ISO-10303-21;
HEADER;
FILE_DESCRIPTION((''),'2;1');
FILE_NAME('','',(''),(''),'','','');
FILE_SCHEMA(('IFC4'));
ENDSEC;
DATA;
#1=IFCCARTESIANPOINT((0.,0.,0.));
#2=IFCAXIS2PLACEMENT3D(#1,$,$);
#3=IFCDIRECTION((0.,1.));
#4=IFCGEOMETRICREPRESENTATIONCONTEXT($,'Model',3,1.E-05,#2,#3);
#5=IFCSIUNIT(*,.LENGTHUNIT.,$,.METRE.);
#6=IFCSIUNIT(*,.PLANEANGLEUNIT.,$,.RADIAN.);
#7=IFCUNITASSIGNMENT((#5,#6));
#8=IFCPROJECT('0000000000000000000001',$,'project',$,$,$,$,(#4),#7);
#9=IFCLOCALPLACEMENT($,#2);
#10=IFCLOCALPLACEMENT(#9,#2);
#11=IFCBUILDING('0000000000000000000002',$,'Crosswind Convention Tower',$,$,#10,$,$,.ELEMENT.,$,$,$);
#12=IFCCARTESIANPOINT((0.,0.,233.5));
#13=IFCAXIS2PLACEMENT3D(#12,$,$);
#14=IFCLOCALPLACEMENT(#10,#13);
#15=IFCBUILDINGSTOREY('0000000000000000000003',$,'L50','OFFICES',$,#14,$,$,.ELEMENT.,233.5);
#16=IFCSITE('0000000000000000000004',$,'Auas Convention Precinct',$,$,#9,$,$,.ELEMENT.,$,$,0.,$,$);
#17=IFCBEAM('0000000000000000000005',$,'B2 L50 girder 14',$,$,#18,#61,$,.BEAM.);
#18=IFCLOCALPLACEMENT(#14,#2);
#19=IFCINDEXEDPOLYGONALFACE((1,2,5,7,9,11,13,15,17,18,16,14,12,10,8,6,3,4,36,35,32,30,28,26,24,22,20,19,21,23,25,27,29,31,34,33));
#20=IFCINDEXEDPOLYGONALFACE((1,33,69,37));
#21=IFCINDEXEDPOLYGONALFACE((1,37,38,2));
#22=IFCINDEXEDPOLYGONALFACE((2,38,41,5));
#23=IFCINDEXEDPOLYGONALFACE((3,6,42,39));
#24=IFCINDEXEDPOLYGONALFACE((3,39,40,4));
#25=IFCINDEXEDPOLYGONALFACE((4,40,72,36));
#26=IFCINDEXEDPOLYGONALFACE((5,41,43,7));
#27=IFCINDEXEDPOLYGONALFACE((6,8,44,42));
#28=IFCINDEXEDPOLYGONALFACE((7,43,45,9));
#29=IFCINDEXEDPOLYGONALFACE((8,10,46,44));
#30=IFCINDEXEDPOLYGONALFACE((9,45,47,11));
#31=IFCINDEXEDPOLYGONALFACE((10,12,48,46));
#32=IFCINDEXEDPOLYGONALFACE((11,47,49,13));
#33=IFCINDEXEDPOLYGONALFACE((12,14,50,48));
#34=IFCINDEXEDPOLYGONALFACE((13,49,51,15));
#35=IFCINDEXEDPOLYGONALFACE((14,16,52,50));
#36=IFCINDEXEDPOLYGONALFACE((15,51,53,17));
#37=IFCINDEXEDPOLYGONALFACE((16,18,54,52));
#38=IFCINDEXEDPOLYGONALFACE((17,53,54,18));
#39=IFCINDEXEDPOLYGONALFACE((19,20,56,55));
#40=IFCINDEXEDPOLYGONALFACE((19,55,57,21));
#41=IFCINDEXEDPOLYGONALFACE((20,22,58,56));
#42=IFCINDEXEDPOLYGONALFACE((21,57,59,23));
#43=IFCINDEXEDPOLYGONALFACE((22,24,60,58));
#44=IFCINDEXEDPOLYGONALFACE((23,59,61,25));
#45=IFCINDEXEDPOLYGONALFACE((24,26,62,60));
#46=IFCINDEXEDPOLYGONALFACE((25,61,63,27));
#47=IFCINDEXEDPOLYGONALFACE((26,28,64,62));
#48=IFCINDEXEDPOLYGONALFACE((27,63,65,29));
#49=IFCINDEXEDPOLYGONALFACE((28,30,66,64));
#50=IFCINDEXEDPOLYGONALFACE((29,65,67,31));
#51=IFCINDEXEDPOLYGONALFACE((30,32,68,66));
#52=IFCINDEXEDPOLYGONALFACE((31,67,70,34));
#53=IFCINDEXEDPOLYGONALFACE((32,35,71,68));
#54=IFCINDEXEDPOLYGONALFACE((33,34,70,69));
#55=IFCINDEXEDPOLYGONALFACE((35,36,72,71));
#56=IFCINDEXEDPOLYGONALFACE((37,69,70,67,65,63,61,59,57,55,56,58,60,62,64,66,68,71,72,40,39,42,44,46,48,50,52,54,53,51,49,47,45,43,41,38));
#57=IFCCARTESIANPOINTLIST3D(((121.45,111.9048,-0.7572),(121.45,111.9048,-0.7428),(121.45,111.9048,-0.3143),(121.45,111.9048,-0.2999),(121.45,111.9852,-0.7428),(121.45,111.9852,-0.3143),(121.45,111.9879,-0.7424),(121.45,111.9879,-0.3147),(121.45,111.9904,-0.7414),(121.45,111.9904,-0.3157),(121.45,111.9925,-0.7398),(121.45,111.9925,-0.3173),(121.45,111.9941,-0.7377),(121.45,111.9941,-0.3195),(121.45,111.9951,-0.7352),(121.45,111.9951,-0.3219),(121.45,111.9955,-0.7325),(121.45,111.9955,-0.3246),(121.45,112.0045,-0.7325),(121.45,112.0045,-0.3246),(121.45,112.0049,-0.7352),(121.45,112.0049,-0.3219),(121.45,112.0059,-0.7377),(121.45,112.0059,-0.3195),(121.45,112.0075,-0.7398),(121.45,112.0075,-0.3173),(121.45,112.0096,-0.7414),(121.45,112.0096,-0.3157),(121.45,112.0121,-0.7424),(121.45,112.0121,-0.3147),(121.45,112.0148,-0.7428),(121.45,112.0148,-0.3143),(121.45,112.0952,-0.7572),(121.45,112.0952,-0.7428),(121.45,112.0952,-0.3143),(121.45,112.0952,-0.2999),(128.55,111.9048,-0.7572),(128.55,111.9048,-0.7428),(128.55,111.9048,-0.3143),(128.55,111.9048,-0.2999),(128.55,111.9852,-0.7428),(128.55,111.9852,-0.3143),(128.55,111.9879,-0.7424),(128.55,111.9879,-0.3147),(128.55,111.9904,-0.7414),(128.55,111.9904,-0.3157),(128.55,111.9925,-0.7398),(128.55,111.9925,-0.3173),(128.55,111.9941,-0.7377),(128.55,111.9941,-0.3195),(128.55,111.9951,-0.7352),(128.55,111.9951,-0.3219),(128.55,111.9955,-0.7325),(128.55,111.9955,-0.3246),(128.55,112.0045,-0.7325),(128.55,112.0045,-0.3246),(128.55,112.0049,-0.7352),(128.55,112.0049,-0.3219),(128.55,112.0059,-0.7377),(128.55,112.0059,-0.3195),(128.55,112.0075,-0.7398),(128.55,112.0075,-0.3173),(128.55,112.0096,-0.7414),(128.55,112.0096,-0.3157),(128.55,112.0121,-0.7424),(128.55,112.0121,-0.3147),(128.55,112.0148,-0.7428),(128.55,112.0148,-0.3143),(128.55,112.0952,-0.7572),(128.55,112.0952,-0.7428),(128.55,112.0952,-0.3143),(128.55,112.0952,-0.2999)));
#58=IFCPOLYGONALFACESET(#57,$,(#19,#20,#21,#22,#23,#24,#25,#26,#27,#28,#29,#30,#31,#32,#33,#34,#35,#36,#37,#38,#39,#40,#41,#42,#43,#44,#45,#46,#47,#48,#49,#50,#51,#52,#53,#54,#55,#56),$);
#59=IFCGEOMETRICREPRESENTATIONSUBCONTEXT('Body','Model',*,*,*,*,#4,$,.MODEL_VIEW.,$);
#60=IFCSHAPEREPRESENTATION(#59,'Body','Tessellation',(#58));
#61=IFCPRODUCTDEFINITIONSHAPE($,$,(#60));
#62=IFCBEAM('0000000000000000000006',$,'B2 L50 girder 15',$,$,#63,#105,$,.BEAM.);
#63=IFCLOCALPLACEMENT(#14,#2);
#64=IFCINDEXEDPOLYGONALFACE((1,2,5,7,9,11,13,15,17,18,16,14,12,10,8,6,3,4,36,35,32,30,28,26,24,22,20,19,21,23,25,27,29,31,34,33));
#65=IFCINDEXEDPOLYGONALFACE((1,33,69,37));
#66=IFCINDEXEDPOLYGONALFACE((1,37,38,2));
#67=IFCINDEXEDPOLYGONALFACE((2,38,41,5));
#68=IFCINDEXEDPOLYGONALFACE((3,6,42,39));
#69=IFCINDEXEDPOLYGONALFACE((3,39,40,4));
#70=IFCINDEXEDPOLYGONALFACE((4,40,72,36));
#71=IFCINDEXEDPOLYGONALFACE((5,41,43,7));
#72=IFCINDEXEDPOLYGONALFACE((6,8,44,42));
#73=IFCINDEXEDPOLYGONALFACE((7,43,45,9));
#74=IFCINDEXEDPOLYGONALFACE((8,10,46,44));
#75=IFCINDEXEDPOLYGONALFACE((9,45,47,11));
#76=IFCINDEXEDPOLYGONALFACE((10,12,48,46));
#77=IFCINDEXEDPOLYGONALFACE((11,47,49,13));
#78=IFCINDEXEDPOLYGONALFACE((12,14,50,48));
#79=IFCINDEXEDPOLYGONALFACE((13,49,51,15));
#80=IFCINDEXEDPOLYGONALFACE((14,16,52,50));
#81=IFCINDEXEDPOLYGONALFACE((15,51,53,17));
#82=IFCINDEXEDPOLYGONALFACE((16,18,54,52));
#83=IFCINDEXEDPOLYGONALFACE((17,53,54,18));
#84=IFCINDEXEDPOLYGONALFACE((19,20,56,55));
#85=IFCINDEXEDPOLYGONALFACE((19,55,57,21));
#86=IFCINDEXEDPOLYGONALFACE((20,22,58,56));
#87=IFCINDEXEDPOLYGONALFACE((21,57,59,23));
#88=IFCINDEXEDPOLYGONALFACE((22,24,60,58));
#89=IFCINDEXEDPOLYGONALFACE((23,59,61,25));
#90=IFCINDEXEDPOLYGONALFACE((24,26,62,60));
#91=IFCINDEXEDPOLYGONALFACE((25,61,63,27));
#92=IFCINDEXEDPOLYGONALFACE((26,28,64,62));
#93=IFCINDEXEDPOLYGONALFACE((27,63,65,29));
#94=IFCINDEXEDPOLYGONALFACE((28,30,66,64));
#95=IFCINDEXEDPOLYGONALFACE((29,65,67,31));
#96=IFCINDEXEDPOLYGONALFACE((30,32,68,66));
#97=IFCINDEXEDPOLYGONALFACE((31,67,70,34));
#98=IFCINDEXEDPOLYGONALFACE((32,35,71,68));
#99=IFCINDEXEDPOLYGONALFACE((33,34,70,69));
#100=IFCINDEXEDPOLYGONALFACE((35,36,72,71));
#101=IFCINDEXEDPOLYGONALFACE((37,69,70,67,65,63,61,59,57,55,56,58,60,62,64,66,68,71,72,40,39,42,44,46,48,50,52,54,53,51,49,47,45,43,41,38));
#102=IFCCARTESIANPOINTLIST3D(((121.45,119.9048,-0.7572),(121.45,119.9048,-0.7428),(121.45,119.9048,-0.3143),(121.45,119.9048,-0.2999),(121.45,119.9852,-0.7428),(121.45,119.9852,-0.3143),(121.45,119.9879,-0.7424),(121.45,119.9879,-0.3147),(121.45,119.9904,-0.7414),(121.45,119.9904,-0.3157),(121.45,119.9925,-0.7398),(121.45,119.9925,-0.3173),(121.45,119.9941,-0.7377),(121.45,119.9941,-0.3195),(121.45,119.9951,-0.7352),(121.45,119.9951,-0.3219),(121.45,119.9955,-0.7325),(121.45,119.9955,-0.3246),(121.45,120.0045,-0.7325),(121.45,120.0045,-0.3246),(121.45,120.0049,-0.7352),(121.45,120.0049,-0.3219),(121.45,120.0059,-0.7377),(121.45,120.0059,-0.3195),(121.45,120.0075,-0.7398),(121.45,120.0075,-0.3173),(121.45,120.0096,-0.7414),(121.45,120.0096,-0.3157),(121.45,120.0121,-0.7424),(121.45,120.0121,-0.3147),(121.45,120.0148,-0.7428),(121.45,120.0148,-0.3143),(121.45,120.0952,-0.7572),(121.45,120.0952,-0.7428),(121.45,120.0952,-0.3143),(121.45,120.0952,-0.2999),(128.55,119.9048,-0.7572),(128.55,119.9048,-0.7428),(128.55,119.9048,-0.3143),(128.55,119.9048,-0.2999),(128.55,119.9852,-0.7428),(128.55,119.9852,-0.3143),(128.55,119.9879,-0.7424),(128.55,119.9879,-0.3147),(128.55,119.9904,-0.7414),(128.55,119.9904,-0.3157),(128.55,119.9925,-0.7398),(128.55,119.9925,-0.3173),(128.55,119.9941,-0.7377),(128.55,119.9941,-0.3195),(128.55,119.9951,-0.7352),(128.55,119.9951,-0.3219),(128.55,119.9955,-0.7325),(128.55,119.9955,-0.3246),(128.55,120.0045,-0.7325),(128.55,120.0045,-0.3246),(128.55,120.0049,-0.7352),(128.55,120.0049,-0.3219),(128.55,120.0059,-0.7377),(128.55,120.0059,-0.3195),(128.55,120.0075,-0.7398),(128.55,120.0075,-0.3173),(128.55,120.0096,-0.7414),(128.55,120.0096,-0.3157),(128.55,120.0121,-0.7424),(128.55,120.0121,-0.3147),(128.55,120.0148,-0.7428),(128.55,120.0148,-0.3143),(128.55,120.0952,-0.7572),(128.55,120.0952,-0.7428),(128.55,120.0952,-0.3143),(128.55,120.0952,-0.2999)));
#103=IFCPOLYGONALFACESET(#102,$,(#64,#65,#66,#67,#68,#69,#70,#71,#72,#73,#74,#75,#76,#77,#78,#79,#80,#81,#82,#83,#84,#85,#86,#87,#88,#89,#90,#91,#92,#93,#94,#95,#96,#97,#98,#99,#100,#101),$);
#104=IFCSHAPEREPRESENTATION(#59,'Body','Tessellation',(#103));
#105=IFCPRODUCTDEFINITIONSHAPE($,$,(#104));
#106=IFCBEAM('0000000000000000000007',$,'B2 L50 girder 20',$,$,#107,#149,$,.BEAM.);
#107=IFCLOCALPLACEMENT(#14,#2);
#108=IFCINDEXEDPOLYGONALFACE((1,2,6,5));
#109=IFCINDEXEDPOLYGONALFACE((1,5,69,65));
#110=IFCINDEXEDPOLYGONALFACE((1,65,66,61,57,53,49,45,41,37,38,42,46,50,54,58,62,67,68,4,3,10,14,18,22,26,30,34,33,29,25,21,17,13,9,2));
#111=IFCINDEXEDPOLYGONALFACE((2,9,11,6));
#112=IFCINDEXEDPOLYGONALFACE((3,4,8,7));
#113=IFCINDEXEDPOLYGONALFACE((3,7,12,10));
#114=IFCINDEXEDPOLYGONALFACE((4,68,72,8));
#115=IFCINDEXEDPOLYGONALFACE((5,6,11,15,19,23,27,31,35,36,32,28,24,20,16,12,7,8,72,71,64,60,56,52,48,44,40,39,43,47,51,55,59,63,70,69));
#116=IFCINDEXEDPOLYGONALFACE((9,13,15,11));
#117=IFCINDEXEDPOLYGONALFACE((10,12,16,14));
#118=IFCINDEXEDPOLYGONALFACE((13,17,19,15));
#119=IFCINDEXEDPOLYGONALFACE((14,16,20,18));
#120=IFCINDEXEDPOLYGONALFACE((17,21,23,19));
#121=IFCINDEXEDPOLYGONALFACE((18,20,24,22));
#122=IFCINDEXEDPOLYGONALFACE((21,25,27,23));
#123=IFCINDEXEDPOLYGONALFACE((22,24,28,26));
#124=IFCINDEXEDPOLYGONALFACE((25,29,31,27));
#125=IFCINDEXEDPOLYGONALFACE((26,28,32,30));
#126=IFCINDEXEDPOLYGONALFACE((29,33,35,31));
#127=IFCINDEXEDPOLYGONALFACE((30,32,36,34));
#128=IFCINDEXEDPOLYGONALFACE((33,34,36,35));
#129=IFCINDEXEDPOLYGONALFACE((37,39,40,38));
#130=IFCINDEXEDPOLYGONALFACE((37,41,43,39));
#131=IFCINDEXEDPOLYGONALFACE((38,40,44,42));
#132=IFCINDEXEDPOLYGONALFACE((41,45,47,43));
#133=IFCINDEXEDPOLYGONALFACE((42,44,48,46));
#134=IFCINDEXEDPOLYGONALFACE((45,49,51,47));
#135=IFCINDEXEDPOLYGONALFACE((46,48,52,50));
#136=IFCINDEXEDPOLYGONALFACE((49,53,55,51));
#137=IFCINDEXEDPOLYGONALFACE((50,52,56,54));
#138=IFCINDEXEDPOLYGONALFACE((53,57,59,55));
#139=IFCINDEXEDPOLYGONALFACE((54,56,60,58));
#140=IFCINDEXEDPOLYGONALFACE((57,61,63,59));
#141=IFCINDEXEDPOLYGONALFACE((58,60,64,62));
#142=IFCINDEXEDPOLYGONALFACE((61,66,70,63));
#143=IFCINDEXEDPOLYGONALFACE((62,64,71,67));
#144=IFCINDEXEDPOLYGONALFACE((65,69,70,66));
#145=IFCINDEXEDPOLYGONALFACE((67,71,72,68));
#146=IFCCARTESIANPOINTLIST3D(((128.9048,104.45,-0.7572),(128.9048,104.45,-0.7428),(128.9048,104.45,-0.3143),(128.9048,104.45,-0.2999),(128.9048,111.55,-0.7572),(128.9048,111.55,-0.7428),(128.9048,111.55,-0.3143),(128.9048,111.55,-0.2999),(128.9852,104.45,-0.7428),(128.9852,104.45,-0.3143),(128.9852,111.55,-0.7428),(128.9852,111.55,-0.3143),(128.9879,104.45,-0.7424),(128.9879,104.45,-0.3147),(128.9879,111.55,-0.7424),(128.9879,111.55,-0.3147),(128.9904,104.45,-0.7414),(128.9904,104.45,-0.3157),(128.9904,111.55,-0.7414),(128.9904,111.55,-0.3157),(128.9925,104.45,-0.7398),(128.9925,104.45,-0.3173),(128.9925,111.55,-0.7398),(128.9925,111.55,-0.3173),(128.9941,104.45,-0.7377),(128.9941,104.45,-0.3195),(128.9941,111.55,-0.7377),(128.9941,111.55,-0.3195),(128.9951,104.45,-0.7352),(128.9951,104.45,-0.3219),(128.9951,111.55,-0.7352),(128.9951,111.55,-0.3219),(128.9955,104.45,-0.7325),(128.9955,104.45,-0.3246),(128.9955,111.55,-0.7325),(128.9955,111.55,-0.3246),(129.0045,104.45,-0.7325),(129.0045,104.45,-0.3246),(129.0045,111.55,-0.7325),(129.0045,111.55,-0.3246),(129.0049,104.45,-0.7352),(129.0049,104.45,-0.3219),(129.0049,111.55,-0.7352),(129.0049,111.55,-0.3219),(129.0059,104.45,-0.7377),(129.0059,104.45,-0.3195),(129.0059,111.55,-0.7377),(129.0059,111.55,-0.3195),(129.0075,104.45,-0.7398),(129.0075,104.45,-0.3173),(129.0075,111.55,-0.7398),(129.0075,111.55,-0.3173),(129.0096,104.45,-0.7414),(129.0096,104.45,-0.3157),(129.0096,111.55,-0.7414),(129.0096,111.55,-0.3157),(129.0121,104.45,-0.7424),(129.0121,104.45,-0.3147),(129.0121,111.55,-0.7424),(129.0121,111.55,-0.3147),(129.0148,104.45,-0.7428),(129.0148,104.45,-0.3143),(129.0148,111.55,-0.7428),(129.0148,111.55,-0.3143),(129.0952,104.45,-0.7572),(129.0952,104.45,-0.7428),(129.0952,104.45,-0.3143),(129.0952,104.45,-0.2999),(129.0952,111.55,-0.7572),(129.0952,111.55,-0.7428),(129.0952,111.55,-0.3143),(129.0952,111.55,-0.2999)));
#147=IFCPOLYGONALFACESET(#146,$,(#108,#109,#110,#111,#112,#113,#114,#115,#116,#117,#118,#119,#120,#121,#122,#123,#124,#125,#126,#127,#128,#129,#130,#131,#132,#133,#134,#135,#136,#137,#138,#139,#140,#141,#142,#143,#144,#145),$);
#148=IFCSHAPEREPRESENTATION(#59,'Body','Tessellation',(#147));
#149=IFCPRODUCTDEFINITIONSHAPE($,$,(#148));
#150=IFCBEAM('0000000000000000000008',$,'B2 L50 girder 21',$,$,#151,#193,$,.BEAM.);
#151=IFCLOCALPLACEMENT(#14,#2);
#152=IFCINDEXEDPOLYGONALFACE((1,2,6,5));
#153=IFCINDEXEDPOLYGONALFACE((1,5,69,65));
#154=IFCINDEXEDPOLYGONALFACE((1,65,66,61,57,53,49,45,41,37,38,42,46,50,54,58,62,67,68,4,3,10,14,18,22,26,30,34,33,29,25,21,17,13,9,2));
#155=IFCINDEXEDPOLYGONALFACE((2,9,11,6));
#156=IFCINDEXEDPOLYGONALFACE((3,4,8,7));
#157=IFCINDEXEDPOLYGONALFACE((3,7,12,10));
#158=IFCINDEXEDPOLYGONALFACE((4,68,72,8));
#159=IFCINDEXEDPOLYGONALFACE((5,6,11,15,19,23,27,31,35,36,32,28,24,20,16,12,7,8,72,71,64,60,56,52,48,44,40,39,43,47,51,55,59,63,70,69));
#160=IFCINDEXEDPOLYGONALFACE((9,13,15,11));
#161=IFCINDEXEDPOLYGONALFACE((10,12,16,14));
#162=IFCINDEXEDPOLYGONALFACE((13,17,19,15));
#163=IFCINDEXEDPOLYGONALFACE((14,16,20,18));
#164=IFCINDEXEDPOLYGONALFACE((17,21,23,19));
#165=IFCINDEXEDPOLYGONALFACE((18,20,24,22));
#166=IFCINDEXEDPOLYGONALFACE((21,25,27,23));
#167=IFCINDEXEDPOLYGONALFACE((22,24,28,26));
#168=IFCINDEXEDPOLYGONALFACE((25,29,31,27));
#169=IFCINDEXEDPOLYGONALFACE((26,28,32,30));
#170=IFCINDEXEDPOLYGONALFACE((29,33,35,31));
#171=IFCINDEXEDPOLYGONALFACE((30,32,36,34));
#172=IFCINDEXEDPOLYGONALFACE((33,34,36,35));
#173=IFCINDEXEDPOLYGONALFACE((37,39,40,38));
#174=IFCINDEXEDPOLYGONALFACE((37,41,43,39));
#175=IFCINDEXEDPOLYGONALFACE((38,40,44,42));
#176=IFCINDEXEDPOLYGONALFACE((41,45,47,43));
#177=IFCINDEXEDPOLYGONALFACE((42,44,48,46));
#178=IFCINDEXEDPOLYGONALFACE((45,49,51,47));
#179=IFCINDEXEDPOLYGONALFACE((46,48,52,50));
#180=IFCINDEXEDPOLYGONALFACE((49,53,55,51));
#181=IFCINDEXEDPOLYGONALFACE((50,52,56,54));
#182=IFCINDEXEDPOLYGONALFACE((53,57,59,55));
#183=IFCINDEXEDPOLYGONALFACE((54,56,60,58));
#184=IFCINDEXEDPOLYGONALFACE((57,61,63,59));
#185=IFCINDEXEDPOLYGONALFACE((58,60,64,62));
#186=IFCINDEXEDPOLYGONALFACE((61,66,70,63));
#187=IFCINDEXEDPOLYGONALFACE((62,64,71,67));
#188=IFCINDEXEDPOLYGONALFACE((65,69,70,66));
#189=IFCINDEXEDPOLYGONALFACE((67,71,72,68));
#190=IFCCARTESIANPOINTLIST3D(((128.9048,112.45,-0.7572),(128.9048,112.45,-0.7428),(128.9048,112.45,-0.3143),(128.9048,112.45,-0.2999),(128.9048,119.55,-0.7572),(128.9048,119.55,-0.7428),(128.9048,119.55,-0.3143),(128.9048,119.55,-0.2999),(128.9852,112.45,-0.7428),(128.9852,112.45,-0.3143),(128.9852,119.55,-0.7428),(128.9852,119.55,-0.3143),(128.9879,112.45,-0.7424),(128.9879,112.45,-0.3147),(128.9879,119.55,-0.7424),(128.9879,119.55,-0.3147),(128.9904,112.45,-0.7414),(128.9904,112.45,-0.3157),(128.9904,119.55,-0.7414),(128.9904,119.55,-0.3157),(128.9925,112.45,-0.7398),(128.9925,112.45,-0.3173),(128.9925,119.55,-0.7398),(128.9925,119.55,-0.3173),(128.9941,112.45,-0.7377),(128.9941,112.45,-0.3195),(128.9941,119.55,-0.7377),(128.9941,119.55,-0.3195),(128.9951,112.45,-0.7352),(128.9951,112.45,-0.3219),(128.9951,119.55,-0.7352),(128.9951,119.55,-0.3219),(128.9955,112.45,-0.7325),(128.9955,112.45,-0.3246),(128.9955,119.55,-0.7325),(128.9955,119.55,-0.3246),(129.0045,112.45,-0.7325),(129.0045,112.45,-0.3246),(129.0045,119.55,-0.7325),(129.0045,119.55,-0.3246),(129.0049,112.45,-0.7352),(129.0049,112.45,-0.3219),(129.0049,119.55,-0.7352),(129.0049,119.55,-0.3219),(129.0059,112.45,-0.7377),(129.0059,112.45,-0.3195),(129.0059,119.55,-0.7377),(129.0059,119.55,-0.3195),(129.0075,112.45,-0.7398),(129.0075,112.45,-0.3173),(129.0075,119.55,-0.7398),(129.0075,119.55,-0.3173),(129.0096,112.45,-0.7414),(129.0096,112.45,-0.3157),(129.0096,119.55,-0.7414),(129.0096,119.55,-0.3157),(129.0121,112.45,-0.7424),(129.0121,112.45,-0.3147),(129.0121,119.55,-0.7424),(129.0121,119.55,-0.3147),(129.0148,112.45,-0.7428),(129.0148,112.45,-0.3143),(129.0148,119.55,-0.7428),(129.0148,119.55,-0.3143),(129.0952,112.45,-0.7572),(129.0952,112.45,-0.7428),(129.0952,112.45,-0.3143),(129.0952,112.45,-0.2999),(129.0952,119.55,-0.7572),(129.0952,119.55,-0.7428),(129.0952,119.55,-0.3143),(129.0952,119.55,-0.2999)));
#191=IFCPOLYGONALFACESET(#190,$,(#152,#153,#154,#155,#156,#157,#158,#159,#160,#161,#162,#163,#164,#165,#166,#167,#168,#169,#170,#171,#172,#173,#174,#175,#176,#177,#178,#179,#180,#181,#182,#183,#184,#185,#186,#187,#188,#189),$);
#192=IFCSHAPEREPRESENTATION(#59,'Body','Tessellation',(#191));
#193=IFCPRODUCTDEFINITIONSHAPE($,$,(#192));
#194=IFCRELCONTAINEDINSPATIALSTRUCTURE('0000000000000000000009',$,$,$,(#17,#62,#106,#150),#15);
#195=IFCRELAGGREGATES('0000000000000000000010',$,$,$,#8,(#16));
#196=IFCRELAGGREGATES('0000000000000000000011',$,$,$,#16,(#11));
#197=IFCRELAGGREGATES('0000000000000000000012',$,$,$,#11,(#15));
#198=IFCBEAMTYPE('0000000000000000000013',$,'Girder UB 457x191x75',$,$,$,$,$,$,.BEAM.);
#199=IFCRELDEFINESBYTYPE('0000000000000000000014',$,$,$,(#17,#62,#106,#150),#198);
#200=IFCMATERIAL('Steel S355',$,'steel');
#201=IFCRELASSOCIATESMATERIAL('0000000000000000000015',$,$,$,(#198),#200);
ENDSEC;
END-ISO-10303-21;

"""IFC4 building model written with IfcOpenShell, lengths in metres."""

from ifc_helpers import new_model, si_unit, direction, frame, origin, origin_2d, place, context, subcontext, project, spatial, i_section, extrude, material, material_profile, profile_set, type_object, element, save


model = new_model("IFC4")

# Units and contexts
model_context = context("Model", 3, precision=1e-05, world=origin(), true_north=direction((0.0, 1.0)))
body_context = subcontext(model_context, "Body", "Model", "MODEL_VIEW")
ifc_project = project(units=[si_unit("LENGTHUNIT", "METRE"), si_unit("PLANEANGLEUNIT", "RADIAN")], contexts=[model_context])

# Site, building, storey
site_placement = place(None, origin())
site = spatial("IfcSite", under=ifc_project, at=site_placement, Name="Auas Convention Precinct", CompositionType="ELEMENT", RefElevation=0.0)
building_placement = place(site_placement, origin())
building = spatial("IfcBuilding", under=site, at=building_placement, Name="Crosswind Convention Tower", CompositionType="ELEMENT")
storey_placement = place(building_placement, frame((0.0, 0.0, 233.5)))
storey = spatial("IfcBuildingStorey", under=building, at=storey_placement, Name="L50", Description="OFFICES", CompositionType="ELEMENT", Elevation=233.5)

# Beams
ifc_material_1 = material(Name="Steel S355", Category="steel")
ifc_material_profile_1 = material_profile(ifc_material_1, i_section(OverallWidth=0.1904, OverallDepth=0.4573, WebThickness=0.009, FlangeThickness=0.0144, FilletRadius=0.0103, at=origin_2d()), Name="UB 457x191x75")
ifc_profile_set_1 = profile_set([ifc_material_profile_1], Name="Steel S355")
beam_type_1 = type_object("IfcBeamType", Name="Girder UB 457x191x75", PredefinedType="BEAM", material=ifc_profile_set_1)
for number, where, z_axis, x_axis, name in (
    (1, (121.45, 112.0, -0.5286), (1.0, 0.0, 0.0), (0.0, 1.0, 0.0), "B2 L50 girder 14"),
    (2, (121.45, 120.0, -0.5286), (1.0, 0.0, 0.0), (0.0, 1.0, 0.0), "B2 L50 girder 15"),
    (3, (129.0, 104.45, -0.5286), (0.0, 1.0, 0.0), (-1.0, 0.0, 0.0), "B2 L50 girder 20"),
    (4, (129.0, 112.45, -0.5286), (0.0, 1.0, 0.0), (-1.0, 0.0, 0.0), "B2 L50 girder 21"),
):
    element("IfcBeam", number, at=place(storey_placement, frame(where, z_axis=z_axis, x_axis=x_axis)), inside=storey, type_object=beam_type_1, Name=name, PredefinedType="BEAM", context=body_context, shape_type="SweptSolid", body=[
        extrude(i_section(OverallWidth=0.1904, OverallDepth=0.4573, WebThickness=0.009, FlangeThickness=0.0144, FilletRadius=0.0103, at=origin_2d()), origin(), (0.0, 0.0, 1.0), 7.1001),
    ])

save(model, "model.ifc")
